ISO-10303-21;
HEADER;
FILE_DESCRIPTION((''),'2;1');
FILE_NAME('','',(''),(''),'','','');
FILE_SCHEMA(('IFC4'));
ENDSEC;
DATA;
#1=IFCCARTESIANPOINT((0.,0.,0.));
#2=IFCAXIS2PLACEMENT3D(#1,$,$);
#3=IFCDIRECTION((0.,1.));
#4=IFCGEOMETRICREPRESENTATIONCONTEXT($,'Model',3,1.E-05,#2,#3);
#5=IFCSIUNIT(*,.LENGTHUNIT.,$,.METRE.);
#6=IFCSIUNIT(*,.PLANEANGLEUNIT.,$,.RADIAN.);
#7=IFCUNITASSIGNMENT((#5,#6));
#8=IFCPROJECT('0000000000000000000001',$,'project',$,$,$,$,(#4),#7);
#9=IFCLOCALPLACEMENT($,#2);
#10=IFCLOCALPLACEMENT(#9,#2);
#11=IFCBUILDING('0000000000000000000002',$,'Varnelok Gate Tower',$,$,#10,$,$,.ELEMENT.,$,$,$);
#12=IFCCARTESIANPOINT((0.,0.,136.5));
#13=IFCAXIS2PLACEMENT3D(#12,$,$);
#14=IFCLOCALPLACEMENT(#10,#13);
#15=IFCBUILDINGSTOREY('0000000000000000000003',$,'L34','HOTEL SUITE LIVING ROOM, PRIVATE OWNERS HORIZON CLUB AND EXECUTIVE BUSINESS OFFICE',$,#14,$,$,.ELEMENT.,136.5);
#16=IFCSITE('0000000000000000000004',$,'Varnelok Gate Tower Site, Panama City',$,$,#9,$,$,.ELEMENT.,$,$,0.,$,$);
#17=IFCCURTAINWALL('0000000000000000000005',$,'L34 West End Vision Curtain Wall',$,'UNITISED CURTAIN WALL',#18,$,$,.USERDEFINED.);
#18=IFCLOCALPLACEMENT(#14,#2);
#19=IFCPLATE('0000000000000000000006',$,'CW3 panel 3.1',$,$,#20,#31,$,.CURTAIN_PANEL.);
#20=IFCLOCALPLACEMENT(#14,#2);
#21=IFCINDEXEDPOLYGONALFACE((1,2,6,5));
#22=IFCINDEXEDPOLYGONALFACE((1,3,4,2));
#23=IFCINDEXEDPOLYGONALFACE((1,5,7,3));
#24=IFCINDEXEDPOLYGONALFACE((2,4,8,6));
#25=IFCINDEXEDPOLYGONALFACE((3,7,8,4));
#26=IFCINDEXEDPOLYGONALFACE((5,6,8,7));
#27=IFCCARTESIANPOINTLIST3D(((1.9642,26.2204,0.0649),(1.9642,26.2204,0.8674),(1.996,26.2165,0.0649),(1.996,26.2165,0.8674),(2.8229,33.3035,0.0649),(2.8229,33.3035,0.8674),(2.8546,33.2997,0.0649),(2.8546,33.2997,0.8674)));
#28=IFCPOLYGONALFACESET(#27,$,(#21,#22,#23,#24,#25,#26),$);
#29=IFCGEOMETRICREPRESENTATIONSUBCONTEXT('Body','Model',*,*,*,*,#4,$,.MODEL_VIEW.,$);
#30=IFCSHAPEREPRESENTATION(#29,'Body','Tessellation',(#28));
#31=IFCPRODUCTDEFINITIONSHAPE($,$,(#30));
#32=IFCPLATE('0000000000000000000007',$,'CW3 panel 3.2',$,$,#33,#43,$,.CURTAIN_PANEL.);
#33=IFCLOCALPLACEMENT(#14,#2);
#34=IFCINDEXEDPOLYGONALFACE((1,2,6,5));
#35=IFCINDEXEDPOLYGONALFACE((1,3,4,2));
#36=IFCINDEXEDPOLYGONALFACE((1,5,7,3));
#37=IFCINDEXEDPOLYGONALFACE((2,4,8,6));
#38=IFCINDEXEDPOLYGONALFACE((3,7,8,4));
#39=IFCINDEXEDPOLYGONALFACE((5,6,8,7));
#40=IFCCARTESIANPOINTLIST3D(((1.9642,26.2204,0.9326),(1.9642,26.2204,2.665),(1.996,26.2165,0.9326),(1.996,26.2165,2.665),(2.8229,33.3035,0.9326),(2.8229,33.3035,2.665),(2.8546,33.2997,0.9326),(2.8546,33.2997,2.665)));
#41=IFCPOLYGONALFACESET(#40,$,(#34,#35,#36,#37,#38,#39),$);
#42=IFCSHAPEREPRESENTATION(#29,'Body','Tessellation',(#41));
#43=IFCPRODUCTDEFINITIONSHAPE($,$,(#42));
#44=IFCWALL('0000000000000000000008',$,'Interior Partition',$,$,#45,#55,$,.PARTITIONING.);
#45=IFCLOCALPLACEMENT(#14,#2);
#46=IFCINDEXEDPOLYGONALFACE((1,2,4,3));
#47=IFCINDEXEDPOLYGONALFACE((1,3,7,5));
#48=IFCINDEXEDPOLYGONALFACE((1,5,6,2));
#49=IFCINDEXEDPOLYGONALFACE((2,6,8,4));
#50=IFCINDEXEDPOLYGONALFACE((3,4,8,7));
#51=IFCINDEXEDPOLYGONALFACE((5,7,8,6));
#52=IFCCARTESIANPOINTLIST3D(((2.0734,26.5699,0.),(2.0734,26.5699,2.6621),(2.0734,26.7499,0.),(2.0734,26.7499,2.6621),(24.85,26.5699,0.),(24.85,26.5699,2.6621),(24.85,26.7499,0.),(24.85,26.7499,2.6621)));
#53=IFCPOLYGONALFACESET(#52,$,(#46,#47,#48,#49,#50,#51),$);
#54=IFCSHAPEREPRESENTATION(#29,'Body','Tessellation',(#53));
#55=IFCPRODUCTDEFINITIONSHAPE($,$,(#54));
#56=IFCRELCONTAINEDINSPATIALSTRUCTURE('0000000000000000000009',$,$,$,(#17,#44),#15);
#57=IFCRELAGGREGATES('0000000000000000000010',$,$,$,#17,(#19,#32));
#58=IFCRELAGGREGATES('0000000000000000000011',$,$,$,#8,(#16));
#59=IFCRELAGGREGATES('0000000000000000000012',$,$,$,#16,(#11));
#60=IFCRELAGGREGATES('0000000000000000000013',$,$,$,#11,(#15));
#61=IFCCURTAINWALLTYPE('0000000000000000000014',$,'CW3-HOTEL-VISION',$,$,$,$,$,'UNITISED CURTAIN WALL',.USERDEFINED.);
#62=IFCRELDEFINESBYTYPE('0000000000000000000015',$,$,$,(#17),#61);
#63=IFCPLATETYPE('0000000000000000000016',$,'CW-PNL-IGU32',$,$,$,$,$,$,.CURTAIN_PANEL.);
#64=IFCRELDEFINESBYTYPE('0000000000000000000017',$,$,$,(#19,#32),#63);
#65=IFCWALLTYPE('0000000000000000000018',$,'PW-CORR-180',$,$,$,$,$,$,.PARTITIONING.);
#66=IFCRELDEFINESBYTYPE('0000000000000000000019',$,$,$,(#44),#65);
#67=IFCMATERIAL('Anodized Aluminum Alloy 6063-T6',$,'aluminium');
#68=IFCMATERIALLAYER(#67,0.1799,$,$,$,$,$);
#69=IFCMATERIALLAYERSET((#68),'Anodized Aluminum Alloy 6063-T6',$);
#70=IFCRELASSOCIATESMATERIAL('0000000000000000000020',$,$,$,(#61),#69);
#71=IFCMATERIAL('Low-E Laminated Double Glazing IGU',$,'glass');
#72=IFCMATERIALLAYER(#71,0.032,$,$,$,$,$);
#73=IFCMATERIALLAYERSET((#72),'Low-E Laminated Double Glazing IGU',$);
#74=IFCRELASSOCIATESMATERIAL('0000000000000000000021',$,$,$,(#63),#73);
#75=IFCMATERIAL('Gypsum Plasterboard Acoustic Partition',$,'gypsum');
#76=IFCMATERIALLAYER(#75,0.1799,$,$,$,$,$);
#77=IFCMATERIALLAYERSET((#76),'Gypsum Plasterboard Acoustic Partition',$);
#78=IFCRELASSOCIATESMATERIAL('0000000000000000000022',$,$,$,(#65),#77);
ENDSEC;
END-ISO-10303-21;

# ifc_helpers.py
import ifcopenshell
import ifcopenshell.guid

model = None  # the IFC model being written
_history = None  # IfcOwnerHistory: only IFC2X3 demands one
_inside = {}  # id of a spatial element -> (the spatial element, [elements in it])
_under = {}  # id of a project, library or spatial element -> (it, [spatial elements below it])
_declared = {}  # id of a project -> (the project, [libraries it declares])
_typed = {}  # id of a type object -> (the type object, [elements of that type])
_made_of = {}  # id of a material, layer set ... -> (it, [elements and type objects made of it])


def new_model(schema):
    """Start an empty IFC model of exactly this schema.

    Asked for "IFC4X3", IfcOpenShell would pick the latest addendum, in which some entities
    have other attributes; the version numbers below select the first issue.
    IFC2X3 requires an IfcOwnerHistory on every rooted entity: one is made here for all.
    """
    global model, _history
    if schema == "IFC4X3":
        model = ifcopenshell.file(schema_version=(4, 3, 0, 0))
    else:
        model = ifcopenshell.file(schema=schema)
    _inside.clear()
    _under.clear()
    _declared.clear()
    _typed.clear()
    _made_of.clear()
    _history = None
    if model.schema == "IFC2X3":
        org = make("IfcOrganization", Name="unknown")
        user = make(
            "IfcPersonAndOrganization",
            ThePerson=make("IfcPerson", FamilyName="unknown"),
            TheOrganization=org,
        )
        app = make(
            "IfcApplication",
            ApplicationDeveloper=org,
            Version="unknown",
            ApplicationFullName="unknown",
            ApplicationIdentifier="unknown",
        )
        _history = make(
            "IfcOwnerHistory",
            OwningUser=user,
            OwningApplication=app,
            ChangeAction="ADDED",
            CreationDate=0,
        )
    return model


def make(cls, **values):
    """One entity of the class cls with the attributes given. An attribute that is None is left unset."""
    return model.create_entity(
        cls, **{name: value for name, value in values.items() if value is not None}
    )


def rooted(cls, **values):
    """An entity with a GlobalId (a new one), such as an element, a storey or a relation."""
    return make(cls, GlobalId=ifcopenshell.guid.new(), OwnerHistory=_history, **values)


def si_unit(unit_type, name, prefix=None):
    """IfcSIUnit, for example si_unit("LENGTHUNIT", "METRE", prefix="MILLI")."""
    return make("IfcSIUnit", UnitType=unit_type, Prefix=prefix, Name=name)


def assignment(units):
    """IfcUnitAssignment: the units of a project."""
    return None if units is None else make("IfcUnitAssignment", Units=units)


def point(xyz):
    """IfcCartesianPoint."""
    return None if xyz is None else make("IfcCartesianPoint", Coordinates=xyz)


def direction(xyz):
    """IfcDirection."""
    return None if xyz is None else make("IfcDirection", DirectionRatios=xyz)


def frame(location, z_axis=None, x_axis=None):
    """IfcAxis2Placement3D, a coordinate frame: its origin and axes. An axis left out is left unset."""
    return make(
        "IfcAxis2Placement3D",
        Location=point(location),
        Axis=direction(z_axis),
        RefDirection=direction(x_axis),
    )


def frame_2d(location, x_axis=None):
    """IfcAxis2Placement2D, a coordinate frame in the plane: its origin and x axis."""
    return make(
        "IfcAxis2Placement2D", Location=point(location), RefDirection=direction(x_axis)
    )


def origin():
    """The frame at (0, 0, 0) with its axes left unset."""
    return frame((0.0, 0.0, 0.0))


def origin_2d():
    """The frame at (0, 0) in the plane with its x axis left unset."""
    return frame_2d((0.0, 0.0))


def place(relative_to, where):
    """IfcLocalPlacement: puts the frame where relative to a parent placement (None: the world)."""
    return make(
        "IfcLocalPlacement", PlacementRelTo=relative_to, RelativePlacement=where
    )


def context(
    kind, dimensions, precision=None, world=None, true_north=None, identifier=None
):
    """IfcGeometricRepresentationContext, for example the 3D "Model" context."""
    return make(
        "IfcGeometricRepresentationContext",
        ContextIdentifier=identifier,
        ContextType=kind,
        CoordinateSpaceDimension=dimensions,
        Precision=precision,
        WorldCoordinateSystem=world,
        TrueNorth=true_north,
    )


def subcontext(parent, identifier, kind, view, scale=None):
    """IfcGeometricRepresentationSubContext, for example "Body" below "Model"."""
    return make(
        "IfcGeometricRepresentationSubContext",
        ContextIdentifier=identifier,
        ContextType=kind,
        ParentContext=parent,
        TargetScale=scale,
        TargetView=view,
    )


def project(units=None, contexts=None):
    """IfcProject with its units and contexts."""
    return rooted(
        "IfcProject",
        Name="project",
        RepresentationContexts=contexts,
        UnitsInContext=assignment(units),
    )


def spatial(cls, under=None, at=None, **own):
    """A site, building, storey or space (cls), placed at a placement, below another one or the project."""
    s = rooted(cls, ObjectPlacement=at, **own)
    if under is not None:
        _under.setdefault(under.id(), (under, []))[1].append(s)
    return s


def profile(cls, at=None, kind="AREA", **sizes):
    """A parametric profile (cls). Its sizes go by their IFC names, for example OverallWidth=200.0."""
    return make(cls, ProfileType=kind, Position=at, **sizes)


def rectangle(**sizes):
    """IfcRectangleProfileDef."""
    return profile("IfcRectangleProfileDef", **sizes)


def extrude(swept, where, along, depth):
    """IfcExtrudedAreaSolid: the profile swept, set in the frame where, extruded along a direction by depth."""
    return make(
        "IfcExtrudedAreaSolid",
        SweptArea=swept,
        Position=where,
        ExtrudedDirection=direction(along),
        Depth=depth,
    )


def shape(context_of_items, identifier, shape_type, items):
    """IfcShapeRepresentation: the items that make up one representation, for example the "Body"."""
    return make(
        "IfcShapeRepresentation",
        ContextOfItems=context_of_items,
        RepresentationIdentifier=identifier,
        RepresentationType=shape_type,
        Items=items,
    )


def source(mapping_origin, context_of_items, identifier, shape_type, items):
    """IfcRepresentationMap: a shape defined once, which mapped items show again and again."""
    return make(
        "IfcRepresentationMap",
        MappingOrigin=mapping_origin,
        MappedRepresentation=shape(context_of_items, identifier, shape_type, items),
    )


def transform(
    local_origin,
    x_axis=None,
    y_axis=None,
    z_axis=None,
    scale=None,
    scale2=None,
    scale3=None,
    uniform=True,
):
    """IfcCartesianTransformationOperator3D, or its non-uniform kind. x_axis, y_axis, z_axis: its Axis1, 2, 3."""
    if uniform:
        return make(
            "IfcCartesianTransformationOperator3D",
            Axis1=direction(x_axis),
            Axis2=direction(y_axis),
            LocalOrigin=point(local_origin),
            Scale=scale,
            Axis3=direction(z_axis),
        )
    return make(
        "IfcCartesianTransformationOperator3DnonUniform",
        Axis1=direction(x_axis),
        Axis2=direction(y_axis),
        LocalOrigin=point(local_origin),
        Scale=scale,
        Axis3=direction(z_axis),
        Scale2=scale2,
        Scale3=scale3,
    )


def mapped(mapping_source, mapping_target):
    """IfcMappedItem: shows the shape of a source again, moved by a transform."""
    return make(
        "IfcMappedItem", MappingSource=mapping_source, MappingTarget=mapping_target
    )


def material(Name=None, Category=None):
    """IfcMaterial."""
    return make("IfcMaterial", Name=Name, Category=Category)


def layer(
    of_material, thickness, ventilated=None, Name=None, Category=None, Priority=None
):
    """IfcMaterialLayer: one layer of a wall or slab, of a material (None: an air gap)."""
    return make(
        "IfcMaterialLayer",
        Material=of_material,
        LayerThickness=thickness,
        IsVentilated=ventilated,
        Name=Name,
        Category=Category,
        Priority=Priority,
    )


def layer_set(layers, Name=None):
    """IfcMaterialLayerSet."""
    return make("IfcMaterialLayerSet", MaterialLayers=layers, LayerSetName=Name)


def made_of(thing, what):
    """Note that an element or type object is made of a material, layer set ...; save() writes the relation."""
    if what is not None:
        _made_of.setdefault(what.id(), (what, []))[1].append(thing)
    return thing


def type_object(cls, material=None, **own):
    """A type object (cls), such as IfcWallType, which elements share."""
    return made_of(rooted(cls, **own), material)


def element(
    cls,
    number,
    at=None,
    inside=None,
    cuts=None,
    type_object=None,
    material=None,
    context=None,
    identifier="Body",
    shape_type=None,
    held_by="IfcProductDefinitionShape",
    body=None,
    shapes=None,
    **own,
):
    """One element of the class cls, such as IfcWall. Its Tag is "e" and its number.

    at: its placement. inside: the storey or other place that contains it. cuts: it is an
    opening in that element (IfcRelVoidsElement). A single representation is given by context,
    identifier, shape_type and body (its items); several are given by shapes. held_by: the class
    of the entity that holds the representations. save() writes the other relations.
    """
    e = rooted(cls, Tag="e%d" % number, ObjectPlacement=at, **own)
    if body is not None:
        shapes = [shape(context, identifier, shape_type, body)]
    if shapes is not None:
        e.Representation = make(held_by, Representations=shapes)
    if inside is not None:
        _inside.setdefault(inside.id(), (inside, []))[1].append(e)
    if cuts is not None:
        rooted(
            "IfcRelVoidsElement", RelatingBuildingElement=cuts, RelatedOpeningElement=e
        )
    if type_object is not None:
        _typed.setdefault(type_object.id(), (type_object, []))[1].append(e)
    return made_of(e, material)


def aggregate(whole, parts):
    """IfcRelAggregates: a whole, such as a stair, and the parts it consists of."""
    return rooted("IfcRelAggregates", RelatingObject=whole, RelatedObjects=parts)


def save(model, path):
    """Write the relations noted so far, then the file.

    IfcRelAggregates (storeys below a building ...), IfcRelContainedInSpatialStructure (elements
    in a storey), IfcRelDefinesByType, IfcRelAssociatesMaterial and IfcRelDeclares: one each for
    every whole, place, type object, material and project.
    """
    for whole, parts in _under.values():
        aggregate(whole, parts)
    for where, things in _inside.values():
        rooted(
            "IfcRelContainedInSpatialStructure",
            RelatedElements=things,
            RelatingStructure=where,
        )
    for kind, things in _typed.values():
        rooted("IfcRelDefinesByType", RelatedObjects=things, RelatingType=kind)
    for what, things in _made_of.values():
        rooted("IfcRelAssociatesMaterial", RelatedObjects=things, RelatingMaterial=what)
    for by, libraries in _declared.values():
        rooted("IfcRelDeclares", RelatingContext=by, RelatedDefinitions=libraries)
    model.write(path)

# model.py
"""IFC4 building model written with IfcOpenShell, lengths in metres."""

from ifc_helpers import new_model, si_unit, direction, frame, frame_2d, origin, origin_2d, place, context, subcontext, project, spatial, rectangle, extrude, source, transform, mapped, material, layer, layer_set, type_object, element, aggregate, save


model = new_model("IFC4")

# Units and contexts
model_context = context("Model", 3, precision=1e-05, world=origin(), true_north=direction((0.0, 1.0)))
body_context = subcontext(model_context, "Body", "Model", "MODEL_VIEW")
ifc_project = project(units=[si_unit("LENGTHUNIT", "METRE"), si_unit("PLANEANGLEUNIT", "RADIAN")], contexts=[model_context])

# Site, building, storey
site_placement = place(None, origin())
site = spatial("IfcSite", under=ifc_project, at=site_placement, Name="Varnelok Gate Tower Site, Panama City", CompositionType="ELEMENT", RefElevation=0.0)
building_placement = place(site_placement, origin())
building = spatial("IfcBuilding", under=site, at=building_placement, Name="Varnelok Gate Tower", CompositionType="ELEMENT")
storey_placement = place(building_placement, frame((0.0, 0.0, 136.5)))
storey = spatial("IfcBuildingStorey", under=building, at=storey_placement, Name="L34", Description="HOTEL SUITE LIVING ROOM, PRIVATE OWNERS HORIZON CLUB AND EXECUTIVE BUSINESS OFFICE", CompositionType="ELEMENT", Elevation=136.5)

# Curtain wall, plates
ifc_material_1 = material(Name="Anodized Aluminum Alloy 6063-T6", Category="aluminium")
ifc_layer_1 = layer(ifc_material_1, 0.1799)
ifc_layer_set_1 = layer_set([ifc_layer_1], Name="Anodized Aluminum Alloy 6063-T6")
curtain_wall_type = type_object("IfcCurtainWallType", Name="CW3-HOTEL-VISION", ElementType="UNITISED CURTAIN WALL", PredefinedType="USERDEFINED", material=ifc_layer_set_1)
curtain_wall_placement = place(storey_placement, origin())
curtain_wall = element("IfcCurtainWall", 1, at=curtain_wall_placement, inside=storey, type_object=curtain_wall_type, Name="L34 West End Vision Curtain Wall", ObjectType="UNITISED CURTAIN WALL", PredefinedType="USERDEFINED")
ifc_material_2 = material(Name="Low-E Laminated Double Glazing IGU", Category="glass")
ifc_layer_2 = layer(ifc_material_2, 0.032)
ifc_layer_set_2 = layer_set([ifc_layer_2], Name="Low-E Laminated Double Glazing IGU")
plate_type = type_object("IfcPlateType", Name="CW-PNL-IGU32", PredefinedType="CURTAIN_PANEL", material=ifc_layer_set_2)
shared_shape_1 = source(origin(), body_context, "Body", "SweptSolid", [
    extrude(rectangle(XDim=7.135, YDim=0.032, at=origin_2d()), origin(), (0.0, 0.0, 1.0), 0.8025),
])
plate_1_placement = place(storey_placement, frame((2.4094, 29.76, 0.0649), z_axis=(0.0, 0.0, 1.0), x_axis=(0.120347, 0.992732, 0.0)))
plate_1 = element("IfcPlate", 2, at=plate_1_placement, type_object=plate_type, Name="CW3 panel 3.1", PredefinedType="CURTAIN_PANEL", context=body_context, shape_type="MappedRepresentation", body=[
    mapped(shared_shape_1, transform((0.0, 0.0, 0.0), scale=1.0)),
])
shared_shape_2 = source(origin(), body_context, "Body", "SweptSolid", [
    extrude(rectangle(XDim=7.135, YDim=0.032, at=origin_2d()), origin(), (0.0, 0.0, 1.0), 1.7324),
])
plate_2_placement = place(storey_placement, frame((2.4094, 29.76, 0.9326), z_axis=(0.0, 0.0, 1.0), x_axis=(0.120347, 0.992732, 0.0)))
plate_2 = element("IfcPlate", 3, at=plate_2_placement, type_object=plate_type, Name="CW3 panel 3.2", PredefinedType="CURTAIN_PANEL", context=body_context, shape_type="MappedRepresentation", body=[
    mapped(shared_shape_2, transform((0.0, 0.0, 0.0), scale=1.0)),
])
aggregate(curtain_wall, [plate_1, plate_2])

# Wall
ifc_material_3 = material(Name="Gypsum Plasterboard Acoustic Partition", Category="gypsum")
ifc_layer_3 = layer(ifc_material_3, 0.1799)
ifc_layer_set_3 = layer_set([ifc_layer_3], Name="Gypsum Plasterboard Acoustic Partition")
wall_type = type_object("IfcWallType", Name="PW-CORR-180", PredefinedType="PARTITIONING", material=ifc_layer_set_3)
wall_placement = place(storey_placement, frame((2.0735, 26.6599, 0.0), z_axis=(0.0, 0.0, 1.0), x_axis=(1.0, 0.0, 0.0)))
element("IfcWall", 4, at=wall_placement, inside=storey, type_object=wall_type, Name="Interior Partition", PredefinedType="PARTITIONING", context=body_context, shape_type="SweptSolid", body=[
    extrude(rectangle(XDim=22.7766, YDim=0.1799, at=frame_2d((11.3882, 0.0))), origin(), (0.0, 0.0, 1.0), 2.6621),
])

save(model, "model.ifc")
